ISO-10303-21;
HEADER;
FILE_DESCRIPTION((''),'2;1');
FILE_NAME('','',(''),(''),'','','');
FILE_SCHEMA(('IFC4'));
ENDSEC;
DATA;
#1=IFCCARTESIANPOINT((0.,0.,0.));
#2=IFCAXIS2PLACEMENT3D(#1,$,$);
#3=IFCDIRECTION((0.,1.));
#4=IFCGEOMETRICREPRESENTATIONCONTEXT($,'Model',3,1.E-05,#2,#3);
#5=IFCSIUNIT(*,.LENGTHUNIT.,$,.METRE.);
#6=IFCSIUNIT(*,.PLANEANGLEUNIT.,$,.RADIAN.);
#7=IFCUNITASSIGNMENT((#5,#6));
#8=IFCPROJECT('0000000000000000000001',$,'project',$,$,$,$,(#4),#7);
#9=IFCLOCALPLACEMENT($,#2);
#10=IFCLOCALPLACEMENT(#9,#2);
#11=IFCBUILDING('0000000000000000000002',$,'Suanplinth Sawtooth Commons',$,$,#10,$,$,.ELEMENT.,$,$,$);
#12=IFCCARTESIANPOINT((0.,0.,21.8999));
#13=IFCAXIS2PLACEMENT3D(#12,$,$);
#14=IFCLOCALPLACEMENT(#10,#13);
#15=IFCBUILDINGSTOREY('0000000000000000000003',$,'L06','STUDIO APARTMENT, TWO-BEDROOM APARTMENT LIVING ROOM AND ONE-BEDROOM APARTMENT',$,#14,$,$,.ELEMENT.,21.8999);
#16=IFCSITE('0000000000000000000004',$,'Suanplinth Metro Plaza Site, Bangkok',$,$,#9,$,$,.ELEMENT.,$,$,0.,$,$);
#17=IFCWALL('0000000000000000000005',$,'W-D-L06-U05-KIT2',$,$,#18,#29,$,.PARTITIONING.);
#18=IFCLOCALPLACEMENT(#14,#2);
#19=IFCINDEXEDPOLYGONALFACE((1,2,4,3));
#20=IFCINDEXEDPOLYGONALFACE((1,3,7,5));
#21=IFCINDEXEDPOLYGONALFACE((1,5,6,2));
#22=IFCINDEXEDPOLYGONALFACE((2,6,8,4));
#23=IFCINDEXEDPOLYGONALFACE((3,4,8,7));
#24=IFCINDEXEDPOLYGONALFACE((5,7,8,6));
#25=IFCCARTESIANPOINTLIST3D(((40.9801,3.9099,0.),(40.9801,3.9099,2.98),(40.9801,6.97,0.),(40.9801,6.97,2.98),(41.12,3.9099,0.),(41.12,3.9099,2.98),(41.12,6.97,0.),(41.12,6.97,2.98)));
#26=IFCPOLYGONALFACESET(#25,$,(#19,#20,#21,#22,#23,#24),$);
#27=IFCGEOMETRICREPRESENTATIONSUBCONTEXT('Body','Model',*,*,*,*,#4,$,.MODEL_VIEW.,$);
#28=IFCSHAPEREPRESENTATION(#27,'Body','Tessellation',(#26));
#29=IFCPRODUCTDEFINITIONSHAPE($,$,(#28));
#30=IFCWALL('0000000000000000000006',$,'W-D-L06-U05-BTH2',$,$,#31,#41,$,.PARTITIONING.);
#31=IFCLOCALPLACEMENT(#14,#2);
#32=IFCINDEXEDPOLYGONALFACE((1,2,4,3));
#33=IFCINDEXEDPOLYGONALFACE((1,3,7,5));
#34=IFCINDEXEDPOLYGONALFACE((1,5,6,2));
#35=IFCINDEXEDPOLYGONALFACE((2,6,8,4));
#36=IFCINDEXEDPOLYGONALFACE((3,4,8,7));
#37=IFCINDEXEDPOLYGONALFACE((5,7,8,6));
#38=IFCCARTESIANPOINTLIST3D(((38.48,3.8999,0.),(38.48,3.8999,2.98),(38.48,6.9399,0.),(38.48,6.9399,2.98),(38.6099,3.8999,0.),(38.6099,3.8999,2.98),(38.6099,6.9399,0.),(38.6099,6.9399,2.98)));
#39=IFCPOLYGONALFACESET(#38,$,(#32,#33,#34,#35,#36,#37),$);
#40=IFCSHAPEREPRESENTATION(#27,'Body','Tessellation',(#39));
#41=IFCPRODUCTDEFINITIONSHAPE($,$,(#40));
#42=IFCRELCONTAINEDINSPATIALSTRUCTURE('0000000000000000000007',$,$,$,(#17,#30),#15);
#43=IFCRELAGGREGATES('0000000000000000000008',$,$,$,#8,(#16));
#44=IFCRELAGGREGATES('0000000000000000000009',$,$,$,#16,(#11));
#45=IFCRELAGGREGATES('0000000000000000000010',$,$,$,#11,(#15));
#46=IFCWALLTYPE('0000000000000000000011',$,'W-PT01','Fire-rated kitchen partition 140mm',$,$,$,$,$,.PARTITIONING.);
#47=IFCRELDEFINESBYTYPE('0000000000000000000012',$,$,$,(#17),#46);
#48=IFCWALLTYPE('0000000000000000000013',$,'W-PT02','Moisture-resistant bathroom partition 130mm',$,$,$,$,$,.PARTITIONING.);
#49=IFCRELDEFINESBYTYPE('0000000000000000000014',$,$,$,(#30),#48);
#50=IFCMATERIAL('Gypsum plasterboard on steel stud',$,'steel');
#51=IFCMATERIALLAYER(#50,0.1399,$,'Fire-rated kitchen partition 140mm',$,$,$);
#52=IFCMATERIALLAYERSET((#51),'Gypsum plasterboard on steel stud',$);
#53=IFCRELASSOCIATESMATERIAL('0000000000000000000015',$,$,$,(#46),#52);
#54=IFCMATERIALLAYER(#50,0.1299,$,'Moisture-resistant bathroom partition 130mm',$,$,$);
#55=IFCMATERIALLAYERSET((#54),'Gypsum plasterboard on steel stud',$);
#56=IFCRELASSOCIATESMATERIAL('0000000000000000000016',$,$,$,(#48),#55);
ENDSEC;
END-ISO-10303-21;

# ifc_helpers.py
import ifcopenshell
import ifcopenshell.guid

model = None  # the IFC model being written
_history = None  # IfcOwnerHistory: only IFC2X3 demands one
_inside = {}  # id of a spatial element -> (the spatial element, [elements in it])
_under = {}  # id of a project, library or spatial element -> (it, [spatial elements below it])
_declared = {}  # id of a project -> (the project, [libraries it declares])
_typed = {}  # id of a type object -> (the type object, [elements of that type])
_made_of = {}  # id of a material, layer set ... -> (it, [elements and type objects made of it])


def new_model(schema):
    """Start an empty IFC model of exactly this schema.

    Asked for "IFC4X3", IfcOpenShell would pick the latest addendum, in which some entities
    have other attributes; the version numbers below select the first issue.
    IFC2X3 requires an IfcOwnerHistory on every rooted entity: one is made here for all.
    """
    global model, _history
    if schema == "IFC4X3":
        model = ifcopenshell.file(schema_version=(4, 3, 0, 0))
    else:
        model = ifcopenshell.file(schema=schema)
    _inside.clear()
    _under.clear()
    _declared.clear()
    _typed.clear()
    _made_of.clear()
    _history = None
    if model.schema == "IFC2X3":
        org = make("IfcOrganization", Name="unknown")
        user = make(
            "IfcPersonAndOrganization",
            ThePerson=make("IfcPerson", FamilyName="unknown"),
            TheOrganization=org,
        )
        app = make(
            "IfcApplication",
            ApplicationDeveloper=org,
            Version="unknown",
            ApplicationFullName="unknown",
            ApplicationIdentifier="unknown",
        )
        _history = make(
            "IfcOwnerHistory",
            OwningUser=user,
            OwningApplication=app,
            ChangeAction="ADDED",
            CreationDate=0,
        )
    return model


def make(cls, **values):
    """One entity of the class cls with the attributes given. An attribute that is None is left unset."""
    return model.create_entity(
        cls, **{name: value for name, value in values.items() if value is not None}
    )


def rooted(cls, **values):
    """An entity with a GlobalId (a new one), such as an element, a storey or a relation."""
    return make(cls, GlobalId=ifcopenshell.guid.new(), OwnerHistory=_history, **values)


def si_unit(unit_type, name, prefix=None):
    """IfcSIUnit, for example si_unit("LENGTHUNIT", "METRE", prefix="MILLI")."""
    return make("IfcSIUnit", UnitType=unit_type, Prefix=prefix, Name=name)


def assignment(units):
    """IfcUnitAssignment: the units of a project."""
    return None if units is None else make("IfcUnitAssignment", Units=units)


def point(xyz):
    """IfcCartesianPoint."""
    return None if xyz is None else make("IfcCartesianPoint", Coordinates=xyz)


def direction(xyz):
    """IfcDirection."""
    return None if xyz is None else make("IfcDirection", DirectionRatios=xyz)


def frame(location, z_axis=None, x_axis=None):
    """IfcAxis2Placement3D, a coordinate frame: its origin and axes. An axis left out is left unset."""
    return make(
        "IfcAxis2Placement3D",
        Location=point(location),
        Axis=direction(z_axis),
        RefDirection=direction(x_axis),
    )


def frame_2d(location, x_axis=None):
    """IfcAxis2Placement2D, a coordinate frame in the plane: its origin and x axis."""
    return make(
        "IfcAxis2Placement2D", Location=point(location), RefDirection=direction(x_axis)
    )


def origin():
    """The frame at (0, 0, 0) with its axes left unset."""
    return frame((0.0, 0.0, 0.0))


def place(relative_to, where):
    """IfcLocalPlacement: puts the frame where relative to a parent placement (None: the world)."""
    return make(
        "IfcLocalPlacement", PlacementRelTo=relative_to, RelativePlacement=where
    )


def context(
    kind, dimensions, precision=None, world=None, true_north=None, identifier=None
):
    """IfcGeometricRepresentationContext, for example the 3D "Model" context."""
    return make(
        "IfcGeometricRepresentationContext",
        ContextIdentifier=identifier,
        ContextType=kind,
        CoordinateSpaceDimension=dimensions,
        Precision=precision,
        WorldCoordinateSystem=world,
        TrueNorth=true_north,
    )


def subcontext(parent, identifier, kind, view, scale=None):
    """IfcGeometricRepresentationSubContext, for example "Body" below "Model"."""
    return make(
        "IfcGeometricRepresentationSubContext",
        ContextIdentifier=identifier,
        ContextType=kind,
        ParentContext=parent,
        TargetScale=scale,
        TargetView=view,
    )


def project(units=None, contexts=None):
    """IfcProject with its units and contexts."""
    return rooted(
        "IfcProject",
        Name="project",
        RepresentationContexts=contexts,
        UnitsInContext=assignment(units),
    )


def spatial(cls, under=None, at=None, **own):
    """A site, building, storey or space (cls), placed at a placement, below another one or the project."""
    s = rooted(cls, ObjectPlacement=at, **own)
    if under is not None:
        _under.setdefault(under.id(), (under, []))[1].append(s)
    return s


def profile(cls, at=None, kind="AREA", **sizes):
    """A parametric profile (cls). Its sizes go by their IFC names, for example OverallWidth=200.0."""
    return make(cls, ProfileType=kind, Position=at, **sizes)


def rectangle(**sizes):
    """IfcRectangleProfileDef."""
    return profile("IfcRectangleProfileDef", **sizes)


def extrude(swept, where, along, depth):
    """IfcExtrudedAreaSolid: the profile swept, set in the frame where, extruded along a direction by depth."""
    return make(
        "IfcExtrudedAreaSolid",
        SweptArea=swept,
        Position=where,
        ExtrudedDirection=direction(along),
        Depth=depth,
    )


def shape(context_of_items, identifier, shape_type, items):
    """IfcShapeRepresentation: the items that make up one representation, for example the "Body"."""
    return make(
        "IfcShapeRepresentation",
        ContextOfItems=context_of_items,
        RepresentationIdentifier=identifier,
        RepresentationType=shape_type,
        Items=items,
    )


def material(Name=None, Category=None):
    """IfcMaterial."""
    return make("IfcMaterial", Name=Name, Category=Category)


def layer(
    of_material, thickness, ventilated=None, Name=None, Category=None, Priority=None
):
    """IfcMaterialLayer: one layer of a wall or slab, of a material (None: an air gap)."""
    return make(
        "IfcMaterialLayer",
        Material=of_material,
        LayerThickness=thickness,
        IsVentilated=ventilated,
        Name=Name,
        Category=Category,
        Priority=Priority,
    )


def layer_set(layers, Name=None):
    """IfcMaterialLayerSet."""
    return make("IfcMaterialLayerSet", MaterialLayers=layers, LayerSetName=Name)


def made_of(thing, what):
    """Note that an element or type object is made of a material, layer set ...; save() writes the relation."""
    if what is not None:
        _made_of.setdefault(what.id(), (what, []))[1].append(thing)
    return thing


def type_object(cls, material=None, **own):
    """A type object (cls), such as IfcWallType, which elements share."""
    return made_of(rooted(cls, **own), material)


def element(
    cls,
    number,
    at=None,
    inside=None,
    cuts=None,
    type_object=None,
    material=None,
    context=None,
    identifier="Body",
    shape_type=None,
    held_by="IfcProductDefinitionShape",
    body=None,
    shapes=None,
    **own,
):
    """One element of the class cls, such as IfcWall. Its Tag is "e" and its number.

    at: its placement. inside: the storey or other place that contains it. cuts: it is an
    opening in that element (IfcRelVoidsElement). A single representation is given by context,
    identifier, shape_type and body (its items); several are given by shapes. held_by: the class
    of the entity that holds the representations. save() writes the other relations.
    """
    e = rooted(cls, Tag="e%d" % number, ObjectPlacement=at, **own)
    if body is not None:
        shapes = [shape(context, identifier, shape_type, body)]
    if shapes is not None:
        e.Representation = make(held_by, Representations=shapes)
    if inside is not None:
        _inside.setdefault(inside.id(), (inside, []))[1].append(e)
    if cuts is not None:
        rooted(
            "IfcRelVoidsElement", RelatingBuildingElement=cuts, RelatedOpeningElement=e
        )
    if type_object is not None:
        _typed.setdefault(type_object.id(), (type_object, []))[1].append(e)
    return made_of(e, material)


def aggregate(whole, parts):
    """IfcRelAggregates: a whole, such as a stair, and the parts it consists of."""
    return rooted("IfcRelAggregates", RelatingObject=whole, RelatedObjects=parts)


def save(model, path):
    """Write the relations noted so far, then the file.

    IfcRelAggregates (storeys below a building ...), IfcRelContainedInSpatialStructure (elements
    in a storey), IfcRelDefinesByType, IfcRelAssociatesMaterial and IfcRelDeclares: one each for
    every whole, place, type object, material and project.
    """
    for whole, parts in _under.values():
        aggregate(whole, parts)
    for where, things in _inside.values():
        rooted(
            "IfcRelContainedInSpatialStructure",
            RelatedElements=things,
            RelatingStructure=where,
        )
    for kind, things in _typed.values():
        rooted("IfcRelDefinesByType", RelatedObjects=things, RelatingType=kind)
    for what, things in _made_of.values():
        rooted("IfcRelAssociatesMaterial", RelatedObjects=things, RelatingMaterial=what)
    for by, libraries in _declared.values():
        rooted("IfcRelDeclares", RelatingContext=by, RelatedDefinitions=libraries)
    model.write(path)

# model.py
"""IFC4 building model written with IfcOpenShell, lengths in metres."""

from ifc_helpers import new_model, si_unit, direction, frame, frame_2d, origin, place, context, subcontext, project, spatial, rectangle, extrude, material, layer, layer_set, type_object, element, save


model = new_model("IFC4")

# Units and contexts
model_context = context("Model", 3, precision=1e-05, world=origin(), true_north=direction((0.0, 1.0)))
body_context = subcontext(model_context, "Body", "Model", "MODEL_VIEW")
ifc_project = project(units=[si_unit("LENGTHUNIT", "METRE"), si_unit("PLANEANGLEUNIT", "RADIAN")], contexts=[model_context])

# Site, building, storey
site_placement = place(None, origin())
site = spatial("IfcSite", under=ifc_project, at=site_placement, Name="Suanplinth Metro Plaza Site, Bangkok", CompositionType="ELEMENT", RefElevation=0.0)
building_placement = place(site_placement, origin())
building = spatial("IfcBuilding", under=site, at=building_placement, Name="Suanplinth Sawtooth Commons", CompositionType="ELEMENT")
storey_placement = place(building_placement, frame((0.0, 0.0, 21.8999)))
storey = spatial("IfcBuildingStorey", under=building, at=storey_placement, Name="L06", Description="STUDIO APARTMENT, TWO-BEDROOM APARTMENT LIVING ROOM AND ONE-BEDROOM APARTMENT", CompositionType="ELEMENT", Elevation=21.8999)

# Shared definitions
ifc_material_1 = material(Name="Gypsum plasterboard on steel stud", Category="steel")
ifc_layer_1 = layer(ifc_material_1, 0.1399, Name="Fire-rated kitchen partition 140mm")
ifc_layer_set_1 = layer_set([ifc_layer_1], Name="Gypsum plasterboard on steel stud")
wall_type_1 = type_object("IfcWallType", Name="W-PT01", Description="Fire-rated kitchen partition 140mm", PredefinedType="PARTITIONING", material=ifc_layer_set_1)

# Walls
wall_1_placement = place(storey_placement, frame((41.05, 3.9099, 0.0), z_axis=(0.0, 0.0, 1.0), x_axis=(0.0, 1.0, 0.0)))
element("IfcWall", 1, at=wall_1_placement, inside=storey, type_object=wall_type_1, Name="W-D-L06-U05-KIT2", PredefinedType="PARTITIONING", context=body_context, shape_type="SweptSolid", body=[
    extrude(rectangle(XDim=3.0601, YDim=0.1399, at=frame_2d((1.53, 0.0))), origin(), (0.0, 0.0, 1.0), 2.98),
])
ifc_layer_2 = layer(ifc_material_1, 0.1299, Name="Moisture-resistant bathroom partition 130mm")
ifc_layer_set_2 = layer_set([ifc_layer_2], Name="Gypsum plasterboard on steel stud")
wall_type_2 = type_object("IfcWallType", Name="W-PT02", Description="Moisture-resistant bathroom partition 130mm", PredefinedType="PARTITIONING", material=ifc_layer_set_2)
wall_2_placement = place(storey_placement, frame((38.5449, 3.8999, 0.0), z_axis=(0.0, 0.0, 1.0), x_axis=(0.0, 1.0, 0.0)))
element("IfcWall", 2, at=wall_2_placement, inside=storey, type_object=wall_type_2, Name="W-D-L06-U05-BTH2", PredefinedType="PARTITIONING", context=body_context, shape_type="SweptSolid", body=[
    extrude(rectangle(XDim=3.04, YDim=0.1299, at=frame_2d((1.52, 0.0))), origin(), (0.0, 0.0, 1.0), 2.98),
])

save(model, "model.ifc")
